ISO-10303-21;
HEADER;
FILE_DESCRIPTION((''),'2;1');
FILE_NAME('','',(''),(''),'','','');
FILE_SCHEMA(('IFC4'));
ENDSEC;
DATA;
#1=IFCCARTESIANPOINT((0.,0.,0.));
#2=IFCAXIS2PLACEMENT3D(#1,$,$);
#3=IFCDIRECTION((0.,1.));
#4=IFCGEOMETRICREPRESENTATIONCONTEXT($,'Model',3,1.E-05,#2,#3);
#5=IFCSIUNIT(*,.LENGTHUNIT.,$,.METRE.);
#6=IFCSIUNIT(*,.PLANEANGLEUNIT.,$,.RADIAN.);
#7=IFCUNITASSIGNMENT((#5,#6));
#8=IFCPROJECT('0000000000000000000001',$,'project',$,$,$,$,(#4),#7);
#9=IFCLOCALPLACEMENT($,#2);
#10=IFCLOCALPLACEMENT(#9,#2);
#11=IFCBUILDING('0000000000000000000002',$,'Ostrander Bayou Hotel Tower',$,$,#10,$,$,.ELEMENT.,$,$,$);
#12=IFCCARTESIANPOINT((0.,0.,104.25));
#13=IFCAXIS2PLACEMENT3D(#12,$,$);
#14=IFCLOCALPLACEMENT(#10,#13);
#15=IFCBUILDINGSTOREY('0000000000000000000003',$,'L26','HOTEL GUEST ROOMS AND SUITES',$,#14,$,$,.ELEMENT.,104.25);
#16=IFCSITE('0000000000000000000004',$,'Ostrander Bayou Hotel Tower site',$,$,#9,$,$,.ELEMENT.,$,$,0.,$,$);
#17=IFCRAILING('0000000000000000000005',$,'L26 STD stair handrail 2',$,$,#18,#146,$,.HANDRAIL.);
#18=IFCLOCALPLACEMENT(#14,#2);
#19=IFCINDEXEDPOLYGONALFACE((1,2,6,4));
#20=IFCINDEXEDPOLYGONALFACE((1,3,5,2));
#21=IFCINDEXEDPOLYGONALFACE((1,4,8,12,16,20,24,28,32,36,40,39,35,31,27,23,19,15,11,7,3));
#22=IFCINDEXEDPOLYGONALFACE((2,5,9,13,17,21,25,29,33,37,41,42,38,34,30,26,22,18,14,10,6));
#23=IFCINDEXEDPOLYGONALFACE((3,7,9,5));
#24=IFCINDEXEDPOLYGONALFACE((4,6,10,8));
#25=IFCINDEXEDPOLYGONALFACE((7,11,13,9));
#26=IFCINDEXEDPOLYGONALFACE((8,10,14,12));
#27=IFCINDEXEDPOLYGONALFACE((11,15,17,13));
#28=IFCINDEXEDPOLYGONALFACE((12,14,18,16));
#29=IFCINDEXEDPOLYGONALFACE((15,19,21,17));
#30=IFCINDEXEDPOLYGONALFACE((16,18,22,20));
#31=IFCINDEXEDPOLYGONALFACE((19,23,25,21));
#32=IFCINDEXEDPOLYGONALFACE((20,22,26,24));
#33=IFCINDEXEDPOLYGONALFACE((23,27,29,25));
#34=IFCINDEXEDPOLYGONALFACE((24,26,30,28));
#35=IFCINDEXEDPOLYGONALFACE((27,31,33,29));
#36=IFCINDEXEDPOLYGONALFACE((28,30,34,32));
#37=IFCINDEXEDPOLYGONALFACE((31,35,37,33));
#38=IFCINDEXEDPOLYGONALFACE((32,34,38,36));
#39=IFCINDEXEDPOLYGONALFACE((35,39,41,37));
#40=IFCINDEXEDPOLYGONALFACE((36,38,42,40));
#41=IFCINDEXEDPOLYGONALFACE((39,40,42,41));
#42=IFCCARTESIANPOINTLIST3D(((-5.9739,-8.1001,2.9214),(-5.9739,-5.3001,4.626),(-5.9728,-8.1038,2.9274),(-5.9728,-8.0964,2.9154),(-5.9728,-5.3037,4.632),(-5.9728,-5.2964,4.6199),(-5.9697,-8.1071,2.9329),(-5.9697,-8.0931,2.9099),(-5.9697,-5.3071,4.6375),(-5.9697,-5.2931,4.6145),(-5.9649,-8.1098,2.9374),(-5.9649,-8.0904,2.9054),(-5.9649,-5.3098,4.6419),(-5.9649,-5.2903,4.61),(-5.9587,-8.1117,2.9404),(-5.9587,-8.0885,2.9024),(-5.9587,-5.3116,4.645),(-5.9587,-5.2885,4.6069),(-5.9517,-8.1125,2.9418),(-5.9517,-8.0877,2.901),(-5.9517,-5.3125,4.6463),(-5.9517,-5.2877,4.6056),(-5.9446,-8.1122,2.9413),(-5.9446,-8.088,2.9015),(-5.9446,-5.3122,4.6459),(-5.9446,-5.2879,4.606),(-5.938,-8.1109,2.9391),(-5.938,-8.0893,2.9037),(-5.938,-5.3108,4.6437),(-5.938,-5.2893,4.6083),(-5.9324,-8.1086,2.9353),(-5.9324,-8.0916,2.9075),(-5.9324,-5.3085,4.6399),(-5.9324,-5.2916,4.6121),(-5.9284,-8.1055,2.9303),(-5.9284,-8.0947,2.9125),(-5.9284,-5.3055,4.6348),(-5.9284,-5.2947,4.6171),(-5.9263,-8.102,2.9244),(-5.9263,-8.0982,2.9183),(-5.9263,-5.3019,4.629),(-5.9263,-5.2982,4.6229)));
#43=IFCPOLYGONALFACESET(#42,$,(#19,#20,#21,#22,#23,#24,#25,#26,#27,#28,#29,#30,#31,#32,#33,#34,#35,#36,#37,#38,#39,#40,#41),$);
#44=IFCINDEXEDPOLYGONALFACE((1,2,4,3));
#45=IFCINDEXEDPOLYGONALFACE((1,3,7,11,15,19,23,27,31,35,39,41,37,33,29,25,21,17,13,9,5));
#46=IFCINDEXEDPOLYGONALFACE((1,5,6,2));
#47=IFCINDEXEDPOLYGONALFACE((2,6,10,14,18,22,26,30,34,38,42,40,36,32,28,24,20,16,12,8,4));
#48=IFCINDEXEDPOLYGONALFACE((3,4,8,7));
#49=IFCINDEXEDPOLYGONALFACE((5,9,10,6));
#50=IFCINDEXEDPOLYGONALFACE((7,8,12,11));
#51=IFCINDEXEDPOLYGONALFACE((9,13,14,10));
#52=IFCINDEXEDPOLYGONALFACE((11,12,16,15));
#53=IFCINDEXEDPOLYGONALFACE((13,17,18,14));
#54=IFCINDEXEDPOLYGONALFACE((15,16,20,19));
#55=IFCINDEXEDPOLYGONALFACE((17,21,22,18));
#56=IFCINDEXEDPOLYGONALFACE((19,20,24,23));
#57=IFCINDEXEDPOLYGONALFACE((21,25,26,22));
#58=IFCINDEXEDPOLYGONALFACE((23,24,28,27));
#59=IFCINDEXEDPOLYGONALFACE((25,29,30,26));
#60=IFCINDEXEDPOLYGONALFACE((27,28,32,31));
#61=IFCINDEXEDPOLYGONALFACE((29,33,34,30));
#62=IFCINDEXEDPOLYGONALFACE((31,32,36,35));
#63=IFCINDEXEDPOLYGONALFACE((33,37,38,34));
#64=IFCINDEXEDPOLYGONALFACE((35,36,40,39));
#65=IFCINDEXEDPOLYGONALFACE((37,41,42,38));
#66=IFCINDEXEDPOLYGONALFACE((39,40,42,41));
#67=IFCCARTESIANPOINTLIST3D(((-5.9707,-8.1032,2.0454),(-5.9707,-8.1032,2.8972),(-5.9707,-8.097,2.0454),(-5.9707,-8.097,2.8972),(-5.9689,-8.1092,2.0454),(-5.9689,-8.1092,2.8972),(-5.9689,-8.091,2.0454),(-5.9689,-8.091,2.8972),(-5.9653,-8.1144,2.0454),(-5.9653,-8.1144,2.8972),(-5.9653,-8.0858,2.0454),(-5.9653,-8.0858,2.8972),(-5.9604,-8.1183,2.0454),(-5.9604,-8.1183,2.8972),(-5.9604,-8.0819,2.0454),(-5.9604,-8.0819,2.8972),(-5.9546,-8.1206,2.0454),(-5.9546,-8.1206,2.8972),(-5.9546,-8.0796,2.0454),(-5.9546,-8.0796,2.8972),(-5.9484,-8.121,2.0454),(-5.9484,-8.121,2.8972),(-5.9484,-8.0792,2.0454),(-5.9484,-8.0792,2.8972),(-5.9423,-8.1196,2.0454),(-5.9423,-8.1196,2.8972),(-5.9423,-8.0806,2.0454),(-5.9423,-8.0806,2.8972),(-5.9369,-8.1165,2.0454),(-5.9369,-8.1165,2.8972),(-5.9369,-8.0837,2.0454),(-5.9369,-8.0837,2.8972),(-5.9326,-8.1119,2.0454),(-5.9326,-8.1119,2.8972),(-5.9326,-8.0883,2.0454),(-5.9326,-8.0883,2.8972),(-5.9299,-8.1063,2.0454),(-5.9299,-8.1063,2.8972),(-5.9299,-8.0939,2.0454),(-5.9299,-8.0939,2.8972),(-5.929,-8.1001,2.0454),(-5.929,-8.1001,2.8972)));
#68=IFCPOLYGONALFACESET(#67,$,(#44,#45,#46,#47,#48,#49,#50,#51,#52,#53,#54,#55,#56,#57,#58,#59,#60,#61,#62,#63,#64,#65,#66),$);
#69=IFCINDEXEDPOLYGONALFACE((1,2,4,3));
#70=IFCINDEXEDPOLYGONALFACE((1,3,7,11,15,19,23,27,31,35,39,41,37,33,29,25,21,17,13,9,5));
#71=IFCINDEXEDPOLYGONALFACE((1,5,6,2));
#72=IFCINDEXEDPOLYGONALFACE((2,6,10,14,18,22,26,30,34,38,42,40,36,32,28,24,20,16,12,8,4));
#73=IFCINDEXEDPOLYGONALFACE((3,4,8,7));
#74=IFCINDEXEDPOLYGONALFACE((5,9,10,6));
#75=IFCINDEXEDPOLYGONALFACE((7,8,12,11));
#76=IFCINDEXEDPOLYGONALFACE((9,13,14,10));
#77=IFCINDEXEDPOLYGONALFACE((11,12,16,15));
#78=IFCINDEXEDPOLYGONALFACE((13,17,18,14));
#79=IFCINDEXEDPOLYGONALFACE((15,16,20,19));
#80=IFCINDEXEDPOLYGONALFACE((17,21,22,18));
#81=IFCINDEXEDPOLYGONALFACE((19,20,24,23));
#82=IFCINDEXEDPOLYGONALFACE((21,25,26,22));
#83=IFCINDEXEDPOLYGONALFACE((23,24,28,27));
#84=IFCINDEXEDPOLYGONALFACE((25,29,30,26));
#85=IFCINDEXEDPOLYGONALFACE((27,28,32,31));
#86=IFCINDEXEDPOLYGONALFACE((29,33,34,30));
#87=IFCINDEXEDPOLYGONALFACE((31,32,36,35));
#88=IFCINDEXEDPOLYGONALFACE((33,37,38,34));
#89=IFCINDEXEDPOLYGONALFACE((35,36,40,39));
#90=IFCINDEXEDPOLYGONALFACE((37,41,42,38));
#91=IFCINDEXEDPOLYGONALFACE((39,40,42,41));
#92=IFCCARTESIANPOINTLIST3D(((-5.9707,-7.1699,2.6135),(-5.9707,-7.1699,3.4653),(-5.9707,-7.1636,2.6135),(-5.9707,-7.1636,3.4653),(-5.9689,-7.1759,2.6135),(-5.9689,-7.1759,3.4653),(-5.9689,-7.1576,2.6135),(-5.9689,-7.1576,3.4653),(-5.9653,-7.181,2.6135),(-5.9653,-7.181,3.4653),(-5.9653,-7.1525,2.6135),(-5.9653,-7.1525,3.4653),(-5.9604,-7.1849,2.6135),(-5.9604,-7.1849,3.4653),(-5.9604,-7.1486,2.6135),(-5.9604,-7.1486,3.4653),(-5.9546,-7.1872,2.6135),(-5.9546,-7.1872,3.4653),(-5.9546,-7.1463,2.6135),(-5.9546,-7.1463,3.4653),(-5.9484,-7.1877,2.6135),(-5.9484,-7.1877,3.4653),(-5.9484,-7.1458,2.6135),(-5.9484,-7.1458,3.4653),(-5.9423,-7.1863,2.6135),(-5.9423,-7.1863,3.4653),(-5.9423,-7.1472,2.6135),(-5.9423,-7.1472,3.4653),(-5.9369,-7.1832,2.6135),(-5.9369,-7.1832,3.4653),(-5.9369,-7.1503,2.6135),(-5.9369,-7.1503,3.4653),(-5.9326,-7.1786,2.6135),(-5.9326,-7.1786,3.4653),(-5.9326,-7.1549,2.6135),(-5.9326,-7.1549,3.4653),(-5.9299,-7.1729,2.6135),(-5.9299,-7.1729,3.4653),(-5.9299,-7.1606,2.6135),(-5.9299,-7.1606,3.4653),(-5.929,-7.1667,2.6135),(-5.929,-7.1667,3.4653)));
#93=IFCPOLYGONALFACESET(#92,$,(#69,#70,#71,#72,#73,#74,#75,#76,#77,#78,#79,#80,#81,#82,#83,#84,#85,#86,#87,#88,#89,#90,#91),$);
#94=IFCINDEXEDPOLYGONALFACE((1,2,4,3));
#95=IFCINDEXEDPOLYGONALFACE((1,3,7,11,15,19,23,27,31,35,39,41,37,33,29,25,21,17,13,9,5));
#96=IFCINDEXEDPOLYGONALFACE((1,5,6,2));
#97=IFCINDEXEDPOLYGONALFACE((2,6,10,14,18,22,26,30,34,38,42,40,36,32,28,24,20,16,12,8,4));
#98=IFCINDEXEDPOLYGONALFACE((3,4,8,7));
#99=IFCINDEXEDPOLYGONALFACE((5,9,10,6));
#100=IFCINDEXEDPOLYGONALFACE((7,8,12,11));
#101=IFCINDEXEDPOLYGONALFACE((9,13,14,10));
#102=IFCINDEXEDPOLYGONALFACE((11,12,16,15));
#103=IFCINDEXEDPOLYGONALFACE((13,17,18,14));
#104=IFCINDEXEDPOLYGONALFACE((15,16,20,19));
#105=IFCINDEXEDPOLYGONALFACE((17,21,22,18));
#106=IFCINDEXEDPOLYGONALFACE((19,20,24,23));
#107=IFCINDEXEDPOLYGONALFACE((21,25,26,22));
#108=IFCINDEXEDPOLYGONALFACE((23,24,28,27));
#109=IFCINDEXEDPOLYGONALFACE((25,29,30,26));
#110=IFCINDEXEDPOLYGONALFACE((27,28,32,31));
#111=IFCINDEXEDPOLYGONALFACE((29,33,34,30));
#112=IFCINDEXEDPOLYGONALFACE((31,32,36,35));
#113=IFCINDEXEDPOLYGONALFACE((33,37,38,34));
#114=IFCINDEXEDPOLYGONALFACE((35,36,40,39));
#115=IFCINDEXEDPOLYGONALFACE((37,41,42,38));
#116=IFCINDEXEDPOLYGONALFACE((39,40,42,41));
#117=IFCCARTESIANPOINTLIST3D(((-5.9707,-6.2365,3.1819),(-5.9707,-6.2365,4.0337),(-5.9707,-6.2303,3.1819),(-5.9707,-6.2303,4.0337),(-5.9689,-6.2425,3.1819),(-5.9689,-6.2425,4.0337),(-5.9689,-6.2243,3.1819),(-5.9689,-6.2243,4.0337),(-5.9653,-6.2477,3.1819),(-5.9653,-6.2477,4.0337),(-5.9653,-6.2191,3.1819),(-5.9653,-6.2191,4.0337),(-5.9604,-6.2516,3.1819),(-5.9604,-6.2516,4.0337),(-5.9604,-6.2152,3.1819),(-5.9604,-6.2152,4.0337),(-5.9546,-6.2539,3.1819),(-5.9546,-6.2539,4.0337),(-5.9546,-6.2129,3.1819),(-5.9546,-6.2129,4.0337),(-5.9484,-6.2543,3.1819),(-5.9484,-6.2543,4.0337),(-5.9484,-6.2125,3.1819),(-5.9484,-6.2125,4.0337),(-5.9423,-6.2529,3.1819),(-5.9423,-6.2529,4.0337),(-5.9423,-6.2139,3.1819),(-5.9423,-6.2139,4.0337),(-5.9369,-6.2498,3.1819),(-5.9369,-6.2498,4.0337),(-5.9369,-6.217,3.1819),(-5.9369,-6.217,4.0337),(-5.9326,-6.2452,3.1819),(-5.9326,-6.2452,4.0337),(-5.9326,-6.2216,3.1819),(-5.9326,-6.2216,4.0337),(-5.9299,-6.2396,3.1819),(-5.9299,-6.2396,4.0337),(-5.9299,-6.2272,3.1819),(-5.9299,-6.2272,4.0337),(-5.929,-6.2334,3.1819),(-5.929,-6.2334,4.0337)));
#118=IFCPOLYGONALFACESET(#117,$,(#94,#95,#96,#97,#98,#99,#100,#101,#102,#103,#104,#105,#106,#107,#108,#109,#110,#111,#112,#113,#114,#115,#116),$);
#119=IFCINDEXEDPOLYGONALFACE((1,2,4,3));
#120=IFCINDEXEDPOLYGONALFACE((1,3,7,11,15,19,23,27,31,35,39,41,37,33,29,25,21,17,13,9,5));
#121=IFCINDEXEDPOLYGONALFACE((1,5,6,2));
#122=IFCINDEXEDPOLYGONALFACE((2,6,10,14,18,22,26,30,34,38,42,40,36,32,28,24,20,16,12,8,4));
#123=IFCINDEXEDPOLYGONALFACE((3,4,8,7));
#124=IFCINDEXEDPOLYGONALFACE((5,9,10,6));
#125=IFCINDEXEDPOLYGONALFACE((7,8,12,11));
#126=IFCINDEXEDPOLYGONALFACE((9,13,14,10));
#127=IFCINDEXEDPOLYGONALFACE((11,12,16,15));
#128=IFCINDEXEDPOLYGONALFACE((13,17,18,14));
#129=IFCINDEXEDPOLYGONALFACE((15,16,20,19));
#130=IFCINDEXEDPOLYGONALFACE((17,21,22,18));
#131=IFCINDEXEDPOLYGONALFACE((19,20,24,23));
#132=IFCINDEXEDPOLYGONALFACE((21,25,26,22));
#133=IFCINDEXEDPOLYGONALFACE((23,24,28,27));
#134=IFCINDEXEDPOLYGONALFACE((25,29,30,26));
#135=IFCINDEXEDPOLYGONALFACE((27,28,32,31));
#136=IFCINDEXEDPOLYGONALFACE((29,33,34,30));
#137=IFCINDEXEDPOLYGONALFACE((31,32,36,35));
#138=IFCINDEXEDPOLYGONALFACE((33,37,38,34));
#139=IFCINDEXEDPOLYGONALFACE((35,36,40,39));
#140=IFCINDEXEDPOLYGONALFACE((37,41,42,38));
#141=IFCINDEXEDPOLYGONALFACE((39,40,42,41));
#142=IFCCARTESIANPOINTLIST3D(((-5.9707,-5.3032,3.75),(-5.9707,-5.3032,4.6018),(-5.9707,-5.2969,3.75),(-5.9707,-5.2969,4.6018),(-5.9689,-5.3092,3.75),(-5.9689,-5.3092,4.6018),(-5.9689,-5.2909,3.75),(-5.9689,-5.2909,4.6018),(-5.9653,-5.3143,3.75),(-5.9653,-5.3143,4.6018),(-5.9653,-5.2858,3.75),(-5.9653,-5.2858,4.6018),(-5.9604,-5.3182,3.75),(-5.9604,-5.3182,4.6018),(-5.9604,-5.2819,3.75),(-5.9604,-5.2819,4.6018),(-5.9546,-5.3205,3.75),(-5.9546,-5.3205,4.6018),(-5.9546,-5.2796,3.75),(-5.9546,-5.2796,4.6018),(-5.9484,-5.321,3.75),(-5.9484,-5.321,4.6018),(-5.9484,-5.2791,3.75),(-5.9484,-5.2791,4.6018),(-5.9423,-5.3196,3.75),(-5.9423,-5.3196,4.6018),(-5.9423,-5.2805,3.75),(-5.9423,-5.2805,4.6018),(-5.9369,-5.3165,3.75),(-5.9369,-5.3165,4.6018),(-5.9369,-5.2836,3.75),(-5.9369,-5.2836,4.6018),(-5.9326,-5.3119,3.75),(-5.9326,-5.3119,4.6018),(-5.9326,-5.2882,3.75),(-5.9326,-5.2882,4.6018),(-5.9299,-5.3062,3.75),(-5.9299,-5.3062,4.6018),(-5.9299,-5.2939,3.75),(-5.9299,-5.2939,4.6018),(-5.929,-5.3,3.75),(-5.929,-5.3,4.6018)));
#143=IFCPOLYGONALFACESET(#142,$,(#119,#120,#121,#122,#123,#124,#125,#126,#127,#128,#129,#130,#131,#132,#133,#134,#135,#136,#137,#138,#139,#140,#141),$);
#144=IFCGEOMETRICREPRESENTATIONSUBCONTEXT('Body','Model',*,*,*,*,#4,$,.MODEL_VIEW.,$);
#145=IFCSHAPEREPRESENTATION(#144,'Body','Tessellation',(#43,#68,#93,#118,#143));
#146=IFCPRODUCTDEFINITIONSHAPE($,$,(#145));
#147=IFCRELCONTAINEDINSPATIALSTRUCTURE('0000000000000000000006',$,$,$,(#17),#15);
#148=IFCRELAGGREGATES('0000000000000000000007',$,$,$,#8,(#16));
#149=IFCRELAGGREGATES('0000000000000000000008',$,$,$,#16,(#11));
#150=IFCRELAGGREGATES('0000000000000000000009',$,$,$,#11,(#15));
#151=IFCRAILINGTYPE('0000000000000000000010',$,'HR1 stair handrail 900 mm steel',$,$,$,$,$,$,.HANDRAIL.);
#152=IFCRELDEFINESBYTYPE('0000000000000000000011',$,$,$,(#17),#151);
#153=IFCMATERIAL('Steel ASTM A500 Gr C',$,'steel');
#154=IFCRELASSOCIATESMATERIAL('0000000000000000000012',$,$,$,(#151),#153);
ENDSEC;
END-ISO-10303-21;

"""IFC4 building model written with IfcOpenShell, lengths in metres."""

from ifc_helpers import new_model, si_unit, direction, frame, origin, origin_2d, place, context, subcontext, project, spatial, circle, extrude, material, type_object, element, save


model = new_model("IFC4")

# Units and contexts
model_context = context("Model", 3, precision=1e-05, world=origin(), true_north=direction((0.0, 1.0)))
body_context = subcontext(model_context, "Body", "Model", "MODEL_VIEW")
ifc_project = project(units=[si_unit("LENGTHUNIT", "METRE"), si_unit("PLANEANGLEUNIT", "RADIAN")], contexts=[model_context])

# Site, building, storey
site_placement = place(None, origin())
site = spatial("IfcSite", under=ifc_project, at=site_placement, Name="Ostrander Bayou Hotel Tower site", CompositionType="ELEMENT", RefElevation=0.0)
building_placement = place(site_placement, origin())
building = spatial("IfcBuilding", under=site, at=building_placement, Name="Ostrander Bayou Hotel Tower", CompositionType="ELEMENT")
storey_placement = place(building_placement, frame((0.0, 0.0, 104.25)))
storey = spatial("IfcBuildingStorey", under=building, at=storey_placement, Name="L26", Description="HOTEL GUEST ROOMS AND SUITES", CompositionType="ELEMENT", Elevation=104.25)

# Railing
ifc_material_1 = material(Name="Steel ASTM A500 Gr C", Category="steel")
railing_type_1 = type_object("IfcRailingType", Name="HR1 stair handrail 900 mm steel", PredefinedType="HANDRAIL", material=ifc_material_1)
railing_1_placement = place(storey_placement, frame((-5.95, -8.1001, 2.0454)))
element("IfcRailing", 1, at=railing_1_placement, inside=storey, type_object=railing_type_1, Name="L26 STD stair handrail 2", PredefinedType="HANDRAIL", context=body_context, shape_type="SweptSolid", body=[
    extrude(circle(Radius=0.0239, at=origin_2d()), frame((0.0, 0.0, 0.876), z_axis=(0.0, 0.85417, 0.519994), x_axis=(-1.0, 0.0, 0.0)), (0.0, 0.0, 1.0), 3.2781),
    extrude(circle(Radius=0.021, at=origin_2d()), origin(), (0.0, 0.0, 1.0), 0.8518),
    extrude(circle(Radius=0.021, at=origin_2d()), frame((0.0, 0.9333, 0.5681)), (0.0, 0.0, 1.0), 0.8518),
    extrude(circle(Radius=0.021, at=origin_2d()), frame((0.0, 1.8667, 1.1365)), (0.0, 0.0, 1.0), 0.8518),
    extrude(circle(Radius=0.021, at=origin_2d()), frame((0.0, 2.8, 1.7046)), (0.0, 0.0, 1.0), 0.8518),
])

save(model, "model.ifc")
